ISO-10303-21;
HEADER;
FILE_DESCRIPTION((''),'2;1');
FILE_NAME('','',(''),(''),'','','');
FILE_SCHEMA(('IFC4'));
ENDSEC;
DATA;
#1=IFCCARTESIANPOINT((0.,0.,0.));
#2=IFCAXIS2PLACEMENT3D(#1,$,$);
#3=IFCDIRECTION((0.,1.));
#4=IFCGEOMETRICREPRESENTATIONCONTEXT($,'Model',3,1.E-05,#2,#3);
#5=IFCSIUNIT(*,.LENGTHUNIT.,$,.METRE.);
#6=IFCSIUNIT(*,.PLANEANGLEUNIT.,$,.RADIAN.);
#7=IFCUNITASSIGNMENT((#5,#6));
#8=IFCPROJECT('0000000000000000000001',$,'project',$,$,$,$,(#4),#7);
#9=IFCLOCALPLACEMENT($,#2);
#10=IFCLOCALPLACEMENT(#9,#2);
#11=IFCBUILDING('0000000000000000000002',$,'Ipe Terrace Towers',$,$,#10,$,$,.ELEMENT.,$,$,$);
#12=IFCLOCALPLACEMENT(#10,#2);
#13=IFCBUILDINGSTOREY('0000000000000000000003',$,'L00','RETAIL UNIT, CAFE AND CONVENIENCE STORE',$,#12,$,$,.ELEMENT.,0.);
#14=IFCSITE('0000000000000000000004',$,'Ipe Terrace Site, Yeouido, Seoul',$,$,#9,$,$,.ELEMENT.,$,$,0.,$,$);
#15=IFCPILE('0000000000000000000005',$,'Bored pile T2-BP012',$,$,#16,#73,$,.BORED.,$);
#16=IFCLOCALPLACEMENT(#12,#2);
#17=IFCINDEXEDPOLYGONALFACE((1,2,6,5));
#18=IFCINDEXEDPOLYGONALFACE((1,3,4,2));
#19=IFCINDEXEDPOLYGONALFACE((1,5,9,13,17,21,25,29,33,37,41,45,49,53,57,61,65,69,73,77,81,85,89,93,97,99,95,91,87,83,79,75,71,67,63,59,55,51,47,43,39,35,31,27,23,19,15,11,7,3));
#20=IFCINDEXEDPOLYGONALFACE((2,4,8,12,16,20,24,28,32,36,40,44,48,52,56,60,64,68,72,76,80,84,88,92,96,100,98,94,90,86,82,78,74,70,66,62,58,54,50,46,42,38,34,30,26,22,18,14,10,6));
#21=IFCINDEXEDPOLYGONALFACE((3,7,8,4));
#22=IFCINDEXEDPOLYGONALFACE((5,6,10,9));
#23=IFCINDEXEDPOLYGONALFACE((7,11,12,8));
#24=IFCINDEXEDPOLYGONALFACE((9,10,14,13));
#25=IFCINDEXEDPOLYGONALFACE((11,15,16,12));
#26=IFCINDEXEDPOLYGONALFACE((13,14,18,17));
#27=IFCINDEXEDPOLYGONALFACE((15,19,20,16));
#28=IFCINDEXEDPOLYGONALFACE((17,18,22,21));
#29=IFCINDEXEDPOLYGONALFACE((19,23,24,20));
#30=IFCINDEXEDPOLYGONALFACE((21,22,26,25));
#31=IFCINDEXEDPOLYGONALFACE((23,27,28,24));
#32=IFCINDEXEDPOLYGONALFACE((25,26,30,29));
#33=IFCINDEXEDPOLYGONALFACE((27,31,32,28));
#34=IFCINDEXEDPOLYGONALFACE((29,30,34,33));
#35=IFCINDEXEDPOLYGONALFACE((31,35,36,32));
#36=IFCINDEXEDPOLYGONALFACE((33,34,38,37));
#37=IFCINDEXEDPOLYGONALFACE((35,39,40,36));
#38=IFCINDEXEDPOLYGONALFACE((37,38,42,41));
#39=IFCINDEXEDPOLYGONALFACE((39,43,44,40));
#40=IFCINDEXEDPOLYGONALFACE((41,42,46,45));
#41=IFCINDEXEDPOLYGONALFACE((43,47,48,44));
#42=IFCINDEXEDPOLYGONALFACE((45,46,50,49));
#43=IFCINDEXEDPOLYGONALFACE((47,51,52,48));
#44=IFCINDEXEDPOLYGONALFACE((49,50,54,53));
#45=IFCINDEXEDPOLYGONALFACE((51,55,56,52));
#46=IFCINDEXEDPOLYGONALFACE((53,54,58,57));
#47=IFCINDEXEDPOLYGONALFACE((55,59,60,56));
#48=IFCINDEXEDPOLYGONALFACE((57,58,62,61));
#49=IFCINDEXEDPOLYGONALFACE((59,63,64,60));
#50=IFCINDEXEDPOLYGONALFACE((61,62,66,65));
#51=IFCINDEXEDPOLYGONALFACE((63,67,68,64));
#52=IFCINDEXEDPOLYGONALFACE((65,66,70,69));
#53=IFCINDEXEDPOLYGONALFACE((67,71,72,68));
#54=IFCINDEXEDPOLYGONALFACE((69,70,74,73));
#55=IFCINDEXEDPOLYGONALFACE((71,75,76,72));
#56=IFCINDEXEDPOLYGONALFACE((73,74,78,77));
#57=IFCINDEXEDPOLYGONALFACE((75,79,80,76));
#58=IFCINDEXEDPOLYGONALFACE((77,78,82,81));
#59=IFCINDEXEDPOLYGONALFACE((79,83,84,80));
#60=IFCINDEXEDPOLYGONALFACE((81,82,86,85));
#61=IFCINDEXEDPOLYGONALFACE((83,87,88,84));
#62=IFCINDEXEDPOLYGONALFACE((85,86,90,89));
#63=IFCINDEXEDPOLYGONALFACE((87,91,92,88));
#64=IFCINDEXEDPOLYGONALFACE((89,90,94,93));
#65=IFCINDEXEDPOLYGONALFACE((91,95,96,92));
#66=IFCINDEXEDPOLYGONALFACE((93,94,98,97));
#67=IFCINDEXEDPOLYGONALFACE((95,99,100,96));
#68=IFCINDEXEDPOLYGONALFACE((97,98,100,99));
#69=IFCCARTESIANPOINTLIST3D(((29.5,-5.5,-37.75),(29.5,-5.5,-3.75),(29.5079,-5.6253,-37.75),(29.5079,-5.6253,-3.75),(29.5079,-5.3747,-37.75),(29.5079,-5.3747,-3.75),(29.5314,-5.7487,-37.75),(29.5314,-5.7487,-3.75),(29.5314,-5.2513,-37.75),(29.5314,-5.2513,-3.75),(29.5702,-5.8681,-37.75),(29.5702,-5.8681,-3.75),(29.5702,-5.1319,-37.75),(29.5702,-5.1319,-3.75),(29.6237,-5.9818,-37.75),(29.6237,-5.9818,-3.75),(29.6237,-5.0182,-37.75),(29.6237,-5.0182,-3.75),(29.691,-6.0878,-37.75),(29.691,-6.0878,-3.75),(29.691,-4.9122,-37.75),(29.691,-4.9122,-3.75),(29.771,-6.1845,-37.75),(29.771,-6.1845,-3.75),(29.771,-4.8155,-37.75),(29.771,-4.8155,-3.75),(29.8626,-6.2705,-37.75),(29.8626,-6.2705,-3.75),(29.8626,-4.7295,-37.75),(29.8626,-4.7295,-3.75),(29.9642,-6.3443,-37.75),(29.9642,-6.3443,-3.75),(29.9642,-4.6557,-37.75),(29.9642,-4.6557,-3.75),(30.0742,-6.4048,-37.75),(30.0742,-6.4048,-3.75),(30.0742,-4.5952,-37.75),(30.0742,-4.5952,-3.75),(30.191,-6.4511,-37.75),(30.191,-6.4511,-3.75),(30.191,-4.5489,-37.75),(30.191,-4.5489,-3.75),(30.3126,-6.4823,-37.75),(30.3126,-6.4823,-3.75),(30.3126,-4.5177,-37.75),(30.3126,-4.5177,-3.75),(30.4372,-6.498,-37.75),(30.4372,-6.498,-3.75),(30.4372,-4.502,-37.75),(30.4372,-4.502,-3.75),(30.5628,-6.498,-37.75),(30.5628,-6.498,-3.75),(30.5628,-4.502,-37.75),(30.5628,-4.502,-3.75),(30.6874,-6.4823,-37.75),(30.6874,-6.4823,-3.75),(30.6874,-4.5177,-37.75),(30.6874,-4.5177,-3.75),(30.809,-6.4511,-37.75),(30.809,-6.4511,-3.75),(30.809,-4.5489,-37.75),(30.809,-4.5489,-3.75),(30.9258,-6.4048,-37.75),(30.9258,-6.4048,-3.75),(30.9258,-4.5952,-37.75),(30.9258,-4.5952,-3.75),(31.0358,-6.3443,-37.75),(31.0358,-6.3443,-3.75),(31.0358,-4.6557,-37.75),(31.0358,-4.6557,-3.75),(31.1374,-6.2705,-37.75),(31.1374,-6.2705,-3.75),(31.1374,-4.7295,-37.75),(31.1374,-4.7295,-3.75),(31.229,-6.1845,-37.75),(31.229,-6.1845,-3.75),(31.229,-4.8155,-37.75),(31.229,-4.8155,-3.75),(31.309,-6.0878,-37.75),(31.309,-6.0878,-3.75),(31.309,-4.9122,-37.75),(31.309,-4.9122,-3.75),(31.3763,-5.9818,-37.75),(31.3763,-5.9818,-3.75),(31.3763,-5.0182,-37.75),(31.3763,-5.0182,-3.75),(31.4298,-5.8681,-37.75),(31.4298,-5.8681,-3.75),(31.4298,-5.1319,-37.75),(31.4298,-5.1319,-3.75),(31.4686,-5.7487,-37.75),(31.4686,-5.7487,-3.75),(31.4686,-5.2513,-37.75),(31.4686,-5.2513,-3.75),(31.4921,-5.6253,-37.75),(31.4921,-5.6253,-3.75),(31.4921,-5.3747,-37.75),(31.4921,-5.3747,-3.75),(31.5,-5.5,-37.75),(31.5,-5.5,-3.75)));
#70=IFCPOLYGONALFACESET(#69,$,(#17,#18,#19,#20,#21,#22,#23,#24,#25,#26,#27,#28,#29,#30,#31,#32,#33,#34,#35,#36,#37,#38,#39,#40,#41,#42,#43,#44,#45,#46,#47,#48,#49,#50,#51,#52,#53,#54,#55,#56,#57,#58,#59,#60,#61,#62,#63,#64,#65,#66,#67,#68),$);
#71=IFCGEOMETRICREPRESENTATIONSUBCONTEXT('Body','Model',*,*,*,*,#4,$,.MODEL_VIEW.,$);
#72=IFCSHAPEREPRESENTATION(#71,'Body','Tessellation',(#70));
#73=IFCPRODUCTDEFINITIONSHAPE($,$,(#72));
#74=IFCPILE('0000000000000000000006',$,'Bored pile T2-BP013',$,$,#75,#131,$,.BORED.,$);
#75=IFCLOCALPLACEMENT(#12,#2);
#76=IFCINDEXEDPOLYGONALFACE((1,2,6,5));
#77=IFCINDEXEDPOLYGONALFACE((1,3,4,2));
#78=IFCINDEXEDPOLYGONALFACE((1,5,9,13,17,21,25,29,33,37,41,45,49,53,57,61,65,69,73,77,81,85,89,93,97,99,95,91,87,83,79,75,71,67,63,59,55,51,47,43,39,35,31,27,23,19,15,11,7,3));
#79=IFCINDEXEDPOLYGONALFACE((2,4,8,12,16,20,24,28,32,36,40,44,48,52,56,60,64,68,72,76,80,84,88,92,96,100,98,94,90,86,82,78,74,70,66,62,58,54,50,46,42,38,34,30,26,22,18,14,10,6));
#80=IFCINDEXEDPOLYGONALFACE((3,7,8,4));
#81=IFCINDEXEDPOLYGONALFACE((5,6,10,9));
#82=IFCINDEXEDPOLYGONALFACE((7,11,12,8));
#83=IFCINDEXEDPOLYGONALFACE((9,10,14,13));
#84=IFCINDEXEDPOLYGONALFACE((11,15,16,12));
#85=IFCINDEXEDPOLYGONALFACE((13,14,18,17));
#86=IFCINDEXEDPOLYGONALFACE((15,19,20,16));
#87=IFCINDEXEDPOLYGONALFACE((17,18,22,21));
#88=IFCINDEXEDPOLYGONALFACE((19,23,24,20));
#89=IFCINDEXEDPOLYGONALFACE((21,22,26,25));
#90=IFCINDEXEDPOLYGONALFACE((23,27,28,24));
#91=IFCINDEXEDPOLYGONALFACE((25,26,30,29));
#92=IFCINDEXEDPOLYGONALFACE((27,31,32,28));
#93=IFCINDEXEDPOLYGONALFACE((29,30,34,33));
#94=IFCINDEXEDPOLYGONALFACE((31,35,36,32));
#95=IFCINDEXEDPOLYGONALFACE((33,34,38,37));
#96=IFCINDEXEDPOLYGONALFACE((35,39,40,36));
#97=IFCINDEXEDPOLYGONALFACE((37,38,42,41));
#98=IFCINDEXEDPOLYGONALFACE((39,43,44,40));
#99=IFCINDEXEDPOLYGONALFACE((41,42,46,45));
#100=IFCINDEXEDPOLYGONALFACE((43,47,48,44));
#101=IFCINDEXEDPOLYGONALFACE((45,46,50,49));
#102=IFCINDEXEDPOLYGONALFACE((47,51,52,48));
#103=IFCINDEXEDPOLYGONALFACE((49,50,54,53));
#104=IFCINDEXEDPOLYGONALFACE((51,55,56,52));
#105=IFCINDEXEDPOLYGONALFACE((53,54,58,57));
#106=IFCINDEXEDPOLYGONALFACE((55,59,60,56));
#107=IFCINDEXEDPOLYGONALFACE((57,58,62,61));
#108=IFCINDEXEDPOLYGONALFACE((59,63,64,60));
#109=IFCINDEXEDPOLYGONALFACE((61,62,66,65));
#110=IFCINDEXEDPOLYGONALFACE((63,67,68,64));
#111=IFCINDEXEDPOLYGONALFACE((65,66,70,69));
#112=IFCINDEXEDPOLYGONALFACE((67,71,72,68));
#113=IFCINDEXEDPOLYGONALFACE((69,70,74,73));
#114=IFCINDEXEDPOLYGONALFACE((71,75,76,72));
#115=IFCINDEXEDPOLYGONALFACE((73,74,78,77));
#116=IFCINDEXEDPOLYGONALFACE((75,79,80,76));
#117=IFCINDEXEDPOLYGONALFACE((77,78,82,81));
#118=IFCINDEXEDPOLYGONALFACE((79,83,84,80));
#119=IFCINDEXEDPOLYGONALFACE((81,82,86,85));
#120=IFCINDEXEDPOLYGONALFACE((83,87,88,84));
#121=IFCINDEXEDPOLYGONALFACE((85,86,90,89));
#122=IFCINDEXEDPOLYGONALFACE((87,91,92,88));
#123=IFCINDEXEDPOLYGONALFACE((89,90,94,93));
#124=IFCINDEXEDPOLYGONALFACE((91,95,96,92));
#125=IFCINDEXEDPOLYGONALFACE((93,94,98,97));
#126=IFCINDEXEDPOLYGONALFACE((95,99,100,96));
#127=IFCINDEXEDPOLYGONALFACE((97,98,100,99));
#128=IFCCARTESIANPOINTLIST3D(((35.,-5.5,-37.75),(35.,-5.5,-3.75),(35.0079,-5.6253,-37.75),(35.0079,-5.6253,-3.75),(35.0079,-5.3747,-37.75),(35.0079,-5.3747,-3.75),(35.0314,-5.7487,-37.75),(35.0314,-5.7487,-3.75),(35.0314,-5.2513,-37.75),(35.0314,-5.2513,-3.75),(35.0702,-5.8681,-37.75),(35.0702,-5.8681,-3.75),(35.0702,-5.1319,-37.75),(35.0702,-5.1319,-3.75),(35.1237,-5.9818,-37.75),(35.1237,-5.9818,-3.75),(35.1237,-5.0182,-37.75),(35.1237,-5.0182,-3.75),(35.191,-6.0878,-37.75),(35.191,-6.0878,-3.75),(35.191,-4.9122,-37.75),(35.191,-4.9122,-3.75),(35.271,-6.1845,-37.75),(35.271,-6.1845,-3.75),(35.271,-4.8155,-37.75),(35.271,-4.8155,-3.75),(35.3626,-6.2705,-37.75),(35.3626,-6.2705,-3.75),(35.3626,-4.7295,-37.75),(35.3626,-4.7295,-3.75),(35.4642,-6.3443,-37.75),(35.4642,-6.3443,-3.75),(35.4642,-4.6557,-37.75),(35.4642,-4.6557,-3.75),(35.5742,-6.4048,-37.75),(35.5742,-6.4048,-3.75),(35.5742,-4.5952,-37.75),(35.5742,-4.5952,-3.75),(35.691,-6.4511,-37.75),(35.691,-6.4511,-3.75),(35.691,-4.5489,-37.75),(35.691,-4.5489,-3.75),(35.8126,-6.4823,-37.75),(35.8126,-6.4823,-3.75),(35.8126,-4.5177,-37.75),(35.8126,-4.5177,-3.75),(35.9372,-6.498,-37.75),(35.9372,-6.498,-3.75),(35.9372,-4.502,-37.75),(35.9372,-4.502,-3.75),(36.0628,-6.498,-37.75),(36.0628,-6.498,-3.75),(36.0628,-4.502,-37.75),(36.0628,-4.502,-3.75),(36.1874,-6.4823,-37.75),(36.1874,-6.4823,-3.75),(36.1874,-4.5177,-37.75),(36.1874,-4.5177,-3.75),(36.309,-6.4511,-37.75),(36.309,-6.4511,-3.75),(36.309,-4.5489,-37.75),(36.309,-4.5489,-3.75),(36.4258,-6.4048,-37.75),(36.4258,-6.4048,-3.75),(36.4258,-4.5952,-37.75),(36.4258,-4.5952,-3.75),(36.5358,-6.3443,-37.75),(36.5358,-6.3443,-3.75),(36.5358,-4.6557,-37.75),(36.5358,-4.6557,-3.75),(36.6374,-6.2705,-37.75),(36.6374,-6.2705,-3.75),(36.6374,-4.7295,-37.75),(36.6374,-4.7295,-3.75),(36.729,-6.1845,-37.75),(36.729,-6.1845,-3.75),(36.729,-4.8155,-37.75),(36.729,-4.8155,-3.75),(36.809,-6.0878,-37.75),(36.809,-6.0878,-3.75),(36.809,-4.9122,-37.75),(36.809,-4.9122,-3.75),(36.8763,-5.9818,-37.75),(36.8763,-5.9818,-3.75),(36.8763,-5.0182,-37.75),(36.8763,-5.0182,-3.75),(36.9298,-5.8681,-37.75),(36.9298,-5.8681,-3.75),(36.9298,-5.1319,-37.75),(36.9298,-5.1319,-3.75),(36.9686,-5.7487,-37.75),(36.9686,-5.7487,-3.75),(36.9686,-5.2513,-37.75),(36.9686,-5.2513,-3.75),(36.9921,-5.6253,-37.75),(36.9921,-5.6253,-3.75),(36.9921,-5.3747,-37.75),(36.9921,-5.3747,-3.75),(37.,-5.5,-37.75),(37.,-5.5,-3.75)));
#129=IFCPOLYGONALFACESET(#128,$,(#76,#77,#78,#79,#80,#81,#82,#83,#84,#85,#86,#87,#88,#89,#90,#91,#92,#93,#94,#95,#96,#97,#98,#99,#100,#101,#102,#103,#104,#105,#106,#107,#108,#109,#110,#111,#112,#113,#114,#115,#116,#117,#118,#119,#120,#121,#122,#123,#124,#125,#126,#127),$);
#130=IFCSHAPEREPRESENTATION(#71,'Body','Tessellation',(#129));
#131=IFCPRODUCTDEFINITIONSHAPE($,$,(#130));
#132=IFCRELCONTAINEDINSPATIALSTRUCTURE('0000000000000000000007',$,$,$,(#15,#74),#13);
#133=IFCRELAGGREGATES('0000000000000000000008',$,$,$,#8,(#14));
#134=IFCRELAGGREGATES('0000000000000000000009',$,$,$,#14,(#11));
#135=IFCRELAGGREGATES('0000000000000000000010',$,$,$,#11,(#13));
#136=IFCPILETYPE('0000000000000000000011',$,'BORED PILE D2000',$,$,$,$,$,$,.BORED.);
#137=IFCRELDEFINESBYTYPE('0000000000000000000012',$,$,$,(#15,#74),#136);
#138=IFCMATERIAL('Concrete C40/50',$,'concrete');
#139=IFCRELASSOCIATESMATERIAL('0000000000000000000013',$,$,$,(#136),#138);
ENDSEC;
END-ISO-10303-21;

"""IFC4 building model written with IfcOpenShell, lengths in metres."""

from ifc_helpers import new_model, si_unit, direction, frame, origin, origin_2d, place, context, subcontext, project, spatial, circle, extrude, material, material_profile, profile_set, type_object, element, save


model = new_model("IFC4")

# Units and contexts
model_context = context("Model", 3, precision=1e-05, world=origin(), true_north=direction((0.0, 1.0)))
body_context = subcontext(model_context, "Body", "Model", "MODEL_VIEW")
ifc_project = project(units=[si_unit("LENGTHUNIT", "METRE"), si_unit("PLANEANGLEUNIT", "RADIAN")], contexts=[model_context])

# Site, building, storey
site_placement = place(None, origin())
site = spatial("IfcSite", under=ifc_project, at=site_placement, Name="Ipe Terrace Site, Yeouido, Seoul", CompositionType="ELEMENT", RefElevation=0.0)
building_placement = place(site_placement, origin())
building = spatial("IfcBuilding", under=site, at=building_placement, Name="Ipe Terrace Towers", CompositionType="ELEMENT")
storey_placement = place(building_placement, origin())
storey = spatial("IfcBuildingStorey", under=building, at=storey_placement, Name="L00", Description="RETAIL UNIT, CAFE AND CONVENIENCE STORE", CompositionType="ELEMENT", Elevation=0.0)

# Piles
ifc_material_1 = material(Name="Concrete C40/50", Category="concrete")
ifc_material_profile_1 = material_profile(ifc_material_1, circle(Radius=1.0, at=origin_2d()), Name="BORED PILE D2000")
ifc_profile_set_1 = profile_set([ifc_material_profile_1], Name="Concrete C40/50")
pile_type = type_object("IfcPileType", Name="BORED PILE D2000", PredefinedType="BORED", material=ifc_profile_set_1)
for number, where, z_axis, x_axis, name in (
    (1, (30.5, -5.5, -3.75), (0.0, 0.0, -1.0), (1.0, 0.0, 0.0), "Bored pile T2-BP012"),
    (2, (36.0, -5.5, -3.75), (0.0, 0.0, -1.0), (1.0, 0.0, 0.0), "Bored pile T2-BP013"),
):
    element("IfcPile", number, at=place(storey_placement, frame(where, z_axis=z_axis, x_axis=x_axis)), inside=storey, type_object=pile_type, Name=name, PredefinedType="BORED", context=body_context, shape_type="SweptSolid", body=[
        extrude(circle(Radius=1.0, at=origin_2d()), origin(), (0.0, 0.0, 1.0), 34.0),
    ])

save(model, "model.ifc")
